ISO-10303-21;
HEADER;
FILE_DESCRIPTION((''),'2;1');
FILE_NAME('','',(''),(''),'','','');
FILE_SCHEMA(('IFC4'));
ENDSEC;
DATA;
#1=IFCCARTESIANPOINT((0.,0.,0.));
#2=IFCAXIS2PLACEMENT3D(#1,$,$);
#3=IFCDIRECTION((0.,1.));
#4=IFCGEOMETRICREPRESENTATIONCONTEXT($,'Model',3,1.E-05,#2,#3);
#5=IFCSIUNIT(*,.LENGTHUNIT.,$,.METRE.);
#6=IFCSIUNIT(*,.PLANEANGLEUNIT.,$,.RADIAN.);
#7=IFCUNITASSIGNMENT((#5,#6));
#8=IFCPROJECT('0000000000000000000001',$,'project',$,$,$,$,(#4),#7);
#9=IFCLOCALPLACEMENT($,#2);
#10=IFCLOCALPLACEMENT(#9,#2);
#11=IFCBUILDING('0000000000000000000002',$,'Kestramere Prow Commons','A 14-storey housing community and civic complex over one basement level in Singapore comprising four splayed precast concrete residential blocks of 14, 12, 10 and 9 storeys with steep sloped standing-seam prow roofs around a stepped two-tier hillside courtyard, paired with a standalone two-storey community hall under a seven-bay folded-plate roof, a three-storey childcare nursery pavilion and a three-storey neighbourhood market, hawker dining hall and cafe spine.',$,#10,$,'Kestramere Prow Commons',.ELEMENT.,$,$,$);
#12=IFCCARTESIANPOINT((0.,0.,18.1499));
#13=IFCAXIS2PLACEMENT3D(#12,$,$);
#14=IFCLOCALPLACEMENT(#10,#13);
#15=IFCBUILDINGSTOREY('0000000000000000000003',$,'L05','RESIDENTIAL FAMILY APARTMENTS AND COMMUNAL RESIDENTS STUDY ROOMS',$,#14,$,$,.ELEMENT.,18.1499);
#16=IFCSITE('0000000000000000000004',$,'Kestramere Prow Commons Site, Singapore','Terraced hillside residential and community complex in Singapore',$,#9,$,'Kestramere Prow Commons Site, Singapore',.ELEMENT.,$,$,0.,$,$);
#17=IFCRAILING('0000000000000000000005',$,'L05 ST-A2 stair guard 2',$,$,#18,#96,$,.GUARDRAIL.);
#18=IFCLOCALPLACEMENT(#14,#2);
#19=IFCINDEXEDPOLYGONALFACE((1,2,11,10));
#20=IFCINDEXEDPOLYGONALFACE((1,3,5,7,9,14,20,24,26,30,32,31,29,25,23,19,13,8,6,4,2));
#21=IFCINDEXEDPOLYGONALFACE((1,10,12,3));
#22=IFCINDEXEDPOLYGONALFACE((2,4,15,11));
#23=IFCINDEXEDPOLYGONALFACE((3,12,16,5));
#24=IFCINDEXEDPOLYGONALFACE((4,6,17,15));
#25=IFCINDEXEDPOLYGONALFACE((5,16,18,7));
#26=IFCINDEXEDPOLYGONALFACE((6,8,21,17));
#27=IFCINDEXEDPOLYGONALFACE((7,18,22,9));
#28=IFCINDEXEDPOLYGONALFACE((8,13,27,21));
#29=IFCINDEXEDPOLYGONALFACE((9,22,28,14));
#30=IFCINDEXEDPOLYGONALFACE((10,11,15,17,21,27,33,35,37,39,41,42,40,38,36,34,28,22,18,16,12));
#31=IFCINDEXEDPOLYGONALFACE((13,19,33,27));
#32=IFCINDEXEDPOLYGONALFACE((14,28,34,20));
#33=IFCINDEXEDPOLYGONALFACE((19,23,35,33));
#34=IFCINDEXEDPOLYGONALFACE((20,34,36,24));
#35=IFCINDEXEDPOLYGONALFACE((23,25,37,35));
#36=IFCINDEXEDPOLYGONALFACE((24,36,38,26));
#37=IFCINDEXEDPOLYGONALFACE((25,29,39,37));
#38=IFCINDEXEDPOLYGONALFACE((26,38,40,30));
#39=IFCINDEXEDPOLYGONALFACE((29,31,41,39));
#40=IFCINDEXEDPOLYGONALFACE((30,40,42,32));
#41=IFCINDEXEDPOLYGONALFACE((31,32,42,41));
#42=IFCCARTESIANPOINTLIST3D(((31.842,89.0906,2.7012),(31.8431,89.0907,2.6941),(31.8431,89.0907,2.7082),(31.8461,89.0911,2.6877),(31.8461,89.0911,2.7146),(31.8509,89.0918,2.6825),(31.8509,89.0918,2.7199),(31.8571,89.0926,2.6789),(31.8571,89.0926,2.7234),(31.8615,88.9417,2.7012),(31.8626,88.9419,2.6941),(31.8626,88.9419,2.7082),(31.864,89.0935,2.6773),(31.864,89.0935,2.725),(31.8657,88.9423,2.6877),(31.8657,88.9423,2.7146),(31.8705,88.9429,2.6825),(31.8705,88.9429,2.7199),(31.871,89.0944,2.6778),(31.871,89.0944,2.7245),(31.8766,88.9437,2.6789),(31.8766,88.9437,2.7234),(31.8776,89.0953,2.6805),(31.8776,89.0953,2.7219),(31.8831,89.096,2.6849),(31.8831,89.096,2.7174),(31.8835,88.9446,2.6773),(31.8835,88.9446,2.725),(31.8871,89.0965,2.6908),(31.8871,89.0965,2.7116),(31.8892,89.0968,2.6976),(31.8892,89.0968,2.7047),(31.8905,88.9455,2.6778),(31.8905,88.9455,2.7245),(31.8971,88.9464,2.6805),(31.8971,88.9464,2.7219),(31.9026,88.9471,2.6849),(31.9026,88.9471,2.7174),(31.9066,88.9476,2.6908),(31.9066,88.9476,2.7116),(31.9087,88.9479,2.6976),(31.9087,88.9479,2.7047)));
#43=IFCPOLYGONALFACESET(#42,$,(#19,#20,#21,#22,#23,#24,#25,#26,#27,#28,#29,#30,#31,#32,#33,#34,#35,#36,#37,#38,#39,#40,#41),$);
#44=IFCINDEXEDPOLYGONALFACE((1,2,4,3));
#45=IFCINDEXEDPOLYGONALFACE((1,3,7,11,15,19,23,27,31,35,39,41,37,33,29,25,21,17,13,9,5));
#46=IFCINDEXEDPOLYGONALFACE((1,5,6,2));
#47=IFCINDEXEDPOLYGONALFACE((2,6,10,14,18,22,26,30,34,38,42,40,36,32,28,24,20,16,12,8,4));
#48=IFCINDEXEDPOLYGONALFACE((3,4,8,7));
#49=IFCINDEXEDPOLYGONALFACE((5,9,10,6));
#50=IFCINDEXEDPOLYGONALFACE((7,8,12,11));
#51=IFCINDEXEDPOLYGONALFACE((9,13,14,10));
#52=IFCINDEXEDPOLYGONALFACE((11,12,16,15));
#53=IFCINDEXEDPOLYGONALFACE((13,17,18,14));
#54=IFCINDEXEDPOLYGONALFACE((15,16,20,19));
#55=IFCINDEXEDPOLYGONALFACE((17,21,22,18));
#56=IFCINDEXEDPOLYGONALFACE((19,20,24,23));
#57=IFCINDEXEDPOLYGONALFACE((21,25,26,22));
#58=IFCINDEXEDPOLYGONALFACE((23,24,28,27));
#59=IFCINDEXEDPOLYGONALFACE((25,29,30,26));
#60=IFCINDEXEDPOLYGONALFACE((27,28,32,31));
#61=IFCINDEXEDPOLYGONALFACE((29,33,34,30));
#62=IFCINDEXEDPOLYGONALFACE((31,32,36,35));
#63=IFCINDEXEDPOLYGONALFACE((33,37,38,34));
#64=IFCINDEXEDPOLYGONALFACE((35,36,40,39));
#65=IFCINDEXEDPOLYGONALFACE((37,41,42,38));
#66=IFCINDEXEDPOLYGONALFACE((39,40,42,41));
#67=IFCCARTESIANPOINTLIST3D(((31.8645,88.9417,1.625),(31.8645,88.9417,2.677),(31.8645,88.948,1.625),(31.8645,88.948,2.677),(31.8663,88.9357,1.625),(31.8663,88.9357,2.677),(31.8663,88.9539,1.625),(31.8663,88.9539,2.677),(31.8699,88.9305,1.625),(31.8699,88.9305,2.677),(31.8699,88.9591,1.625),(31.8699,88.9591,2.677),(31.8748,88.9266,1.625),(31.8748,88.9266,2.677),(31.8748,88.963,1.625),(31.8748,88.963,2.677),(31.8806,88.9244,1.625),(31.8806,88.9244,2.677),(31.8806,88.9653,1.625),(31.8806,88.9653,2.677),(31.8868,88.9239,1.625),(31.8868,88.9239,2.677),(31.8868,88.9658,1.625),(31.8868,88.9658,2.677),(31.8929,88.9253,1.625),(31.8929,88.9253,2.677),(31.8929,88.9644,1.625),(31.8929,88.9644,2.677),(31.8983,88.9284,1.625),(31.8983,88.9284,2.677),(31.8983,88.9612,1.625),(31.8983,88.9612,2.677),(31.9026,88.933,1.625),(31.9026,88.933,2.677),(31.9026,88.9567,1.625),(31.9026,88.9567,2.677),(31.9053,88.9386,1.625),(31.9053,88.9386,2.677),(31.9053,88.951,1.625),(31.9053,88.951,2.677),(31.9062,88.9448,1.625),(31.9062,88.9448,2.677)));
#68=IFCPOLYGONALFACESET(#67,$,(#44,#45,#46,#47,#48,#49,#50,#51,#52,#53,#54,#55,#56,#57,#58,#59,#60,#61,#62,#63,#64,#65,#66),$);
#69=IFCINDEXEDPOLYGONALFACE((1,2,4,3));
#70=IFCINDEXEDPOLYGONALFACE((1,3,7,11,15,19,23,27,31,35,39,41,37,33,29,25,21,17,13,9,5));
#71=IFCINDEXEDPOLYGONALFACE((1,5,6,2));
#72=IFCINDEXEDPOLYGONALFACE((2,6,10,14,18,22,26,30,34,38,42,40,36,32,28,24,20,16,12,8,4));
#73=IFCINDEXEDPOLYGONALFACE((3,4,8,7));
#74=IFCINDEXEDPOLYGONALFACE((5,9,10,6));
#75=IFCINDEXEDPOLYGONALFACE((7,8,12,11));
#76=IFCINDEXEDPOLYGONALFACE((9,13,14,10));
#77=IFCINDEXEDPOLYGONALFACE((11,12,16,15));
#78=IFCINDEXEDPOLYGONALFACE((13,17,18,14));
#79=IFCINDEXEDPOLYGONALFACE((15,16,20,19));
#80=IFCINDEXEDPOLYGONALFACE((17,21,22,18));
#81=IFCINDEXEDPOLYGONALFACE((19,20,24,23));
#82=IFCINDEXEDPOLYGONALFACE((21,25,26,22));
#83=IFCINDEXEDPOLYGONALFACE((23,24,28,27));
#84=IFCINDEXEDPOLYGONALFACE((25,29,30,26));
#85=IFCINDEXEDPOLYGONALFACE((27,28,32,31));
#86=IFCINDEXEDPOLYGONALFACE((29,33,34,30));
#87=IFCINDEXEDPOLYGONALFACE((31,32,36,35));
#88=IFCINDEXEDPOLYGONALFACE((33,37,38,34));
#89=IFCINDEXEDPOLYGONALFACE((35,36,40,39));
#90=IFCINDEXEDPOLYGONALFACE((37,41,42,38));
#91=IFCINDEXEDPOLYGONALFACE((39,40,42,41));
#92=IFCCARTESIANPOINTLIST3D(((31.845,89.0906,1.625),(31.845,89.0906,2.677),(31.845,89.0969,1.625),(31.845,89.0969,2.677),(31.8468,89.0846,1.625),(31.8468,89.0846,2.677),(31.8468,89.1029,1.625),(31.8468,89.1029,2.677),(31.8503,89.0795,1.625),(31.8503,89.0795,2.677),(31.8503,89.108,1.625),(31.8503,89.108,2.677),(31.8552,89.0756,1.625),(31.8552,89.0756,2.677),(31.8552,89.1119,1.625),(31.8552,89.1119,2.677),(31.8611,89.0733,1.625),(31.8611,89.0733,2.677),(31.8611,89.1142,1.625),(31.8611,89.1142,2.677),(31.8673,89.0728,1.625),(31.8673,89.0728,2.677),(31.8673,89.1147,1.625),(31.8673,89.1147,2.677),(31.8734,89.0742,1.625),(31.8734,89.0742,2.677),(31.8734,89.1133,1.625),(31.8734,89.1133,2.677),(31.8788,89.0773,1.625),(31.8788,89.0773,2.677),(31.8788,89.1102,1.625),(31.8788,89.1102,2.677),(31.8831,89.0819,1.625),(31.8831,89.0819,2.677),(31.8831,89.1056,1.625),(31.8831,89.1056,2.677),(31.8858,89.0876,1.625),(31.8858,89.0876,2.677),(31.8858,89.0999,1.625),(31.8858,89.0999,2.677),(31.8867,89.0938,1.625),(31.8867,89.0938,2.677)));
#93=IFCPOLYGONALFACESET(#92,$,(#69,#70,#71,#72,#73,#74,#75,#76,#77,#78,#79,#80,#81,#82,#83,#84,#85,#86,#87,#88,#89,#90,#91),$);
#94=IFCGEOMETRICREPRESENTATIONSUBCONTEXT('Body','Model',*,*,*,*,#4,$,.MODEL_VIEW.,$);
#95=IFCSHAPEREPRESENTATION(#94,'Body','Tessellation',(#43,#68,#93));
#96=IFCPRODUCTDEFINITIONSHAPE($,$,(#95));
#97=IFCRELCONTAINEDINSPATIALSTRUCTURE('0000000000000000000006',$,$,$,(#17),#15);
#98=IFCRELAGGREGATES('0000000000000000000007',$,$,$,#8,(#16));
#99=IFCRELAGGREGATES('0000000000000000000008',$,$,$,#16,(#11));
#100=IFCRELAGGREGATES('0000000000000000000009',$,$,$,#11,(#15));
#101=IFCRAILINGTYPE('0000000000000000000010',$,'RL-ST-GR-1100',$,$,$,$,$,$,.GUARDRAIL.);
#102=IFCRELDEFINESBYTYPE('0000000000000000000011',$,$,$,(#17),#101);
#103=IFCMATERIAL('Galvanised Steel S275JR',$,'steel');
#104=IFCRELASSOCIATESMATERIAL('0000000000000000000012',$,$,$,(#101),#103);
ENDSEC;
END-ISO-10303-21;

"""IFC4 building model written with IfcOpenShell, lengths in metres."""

from ifc_helpers import new_model, si_unit, direction, frame, origin, origin_2d, place, context, subcontext, project, spatial, circle, extrude, material, type_object, element, save


model = new_model("IFC4")

# Units and contexts
model_context = context("Model", 3, precision=1e-05, world=origin(), true_north=direction((0.0, 1.0)))
body_context = subcontext(model_context, "Body", "Model", "MODEL_VIEW")
ifc_project = project(units=[si_unit("LENGTHUNIT", "METRE"), si_unit("PLANEANGLEUNIT", "RADIAN")], contexts=[model_context])

# Site, building, storey
site_placement = place(None, origin())
site = spatial("IfcSite", under=ifc_project, at=site_placement, Name="Kestramere Prow Commons Site, Singapore", Description="Terraced hillside residential and community complex in Singapore", LongName="Kestramere Prow Commons Site, Singapore", CompositionType="ELEMENT", RefElevation=0.0)
building_placement = place(site_placement, origin())
building = spatial("IfcBuilding", under=site, at=building_placement, Name="Kestramere Prow Commons", Description="A 14-storey housing community and civic complex over one basement level in Singapore comprising four splayed precast concrete residential blocks of 14, 12, 10 and 9 storeys with steep sloped standing-seam prow roofs around a stepped two-tier hillside courtyard, paired with a standalone two-storey community hall under a seven-bay folded-plate roof, a three-storey childcare nursery pavilion and a three-storey neighbourhood market, hawker dining hall and cafe spine.", LongName="Kestramere Prow Commons", CompositionType="ELEMENT")
storey_placement = place(building_placement, frame((0.0, 0.0, 18.1499)))
storey = spatial("IfcBuildingStorey", under=building, at=storey_placement, Name="L05", Description="RESIDENTIAL FAMILY APARTMENTS AND COMMUNAL RESIDENTS STUDY ROOMS", CompositionType="ELEMENT", Elevation=18.1499)

# Railing
ifc_material_1 = material(Name="Galvanised Steel S275JR", Category="steel")
railing_type_1 = type_object("IfcRailingType", Name="RL-ST-GR-1100", PredefinedType="GUARDRAIL", material=ifc_material_1)
railing_1_placement = place(storey_placement, frame((31.8853, 88.9448, 1.625)))
element("IfcRailing", 1, at=railing_1_placement, inside=storey, type_object=railing_type_1, Name="L05 ST-A2 stair guard 2", PredefinedType="GUARDRAIL", context=body_context, shape_type="SweptSolid", body=[
    extrude(circle(Radius=0.0239, at=origin_2d()), frame((0.0, 0.0, 1.0762), z_axis=(-0.130034, 0.99151, 0.0), x_axis=(-0.99151, -0.130034, 0.0)), (0.0, 0.0, 1.0), 0.1501),
    extrude(circle(Radius=0.021, at=origin_2d()), origin(), (0.0, 0.0, 1.0), 1.052),
    extrude(circle(Radius=0.021, at=origin_2d()), frame((-0.0195, 0.1489, 0.0)), (0.0, 0.0, 1.0), 1.052),
])

save(model, "model.ifc")
